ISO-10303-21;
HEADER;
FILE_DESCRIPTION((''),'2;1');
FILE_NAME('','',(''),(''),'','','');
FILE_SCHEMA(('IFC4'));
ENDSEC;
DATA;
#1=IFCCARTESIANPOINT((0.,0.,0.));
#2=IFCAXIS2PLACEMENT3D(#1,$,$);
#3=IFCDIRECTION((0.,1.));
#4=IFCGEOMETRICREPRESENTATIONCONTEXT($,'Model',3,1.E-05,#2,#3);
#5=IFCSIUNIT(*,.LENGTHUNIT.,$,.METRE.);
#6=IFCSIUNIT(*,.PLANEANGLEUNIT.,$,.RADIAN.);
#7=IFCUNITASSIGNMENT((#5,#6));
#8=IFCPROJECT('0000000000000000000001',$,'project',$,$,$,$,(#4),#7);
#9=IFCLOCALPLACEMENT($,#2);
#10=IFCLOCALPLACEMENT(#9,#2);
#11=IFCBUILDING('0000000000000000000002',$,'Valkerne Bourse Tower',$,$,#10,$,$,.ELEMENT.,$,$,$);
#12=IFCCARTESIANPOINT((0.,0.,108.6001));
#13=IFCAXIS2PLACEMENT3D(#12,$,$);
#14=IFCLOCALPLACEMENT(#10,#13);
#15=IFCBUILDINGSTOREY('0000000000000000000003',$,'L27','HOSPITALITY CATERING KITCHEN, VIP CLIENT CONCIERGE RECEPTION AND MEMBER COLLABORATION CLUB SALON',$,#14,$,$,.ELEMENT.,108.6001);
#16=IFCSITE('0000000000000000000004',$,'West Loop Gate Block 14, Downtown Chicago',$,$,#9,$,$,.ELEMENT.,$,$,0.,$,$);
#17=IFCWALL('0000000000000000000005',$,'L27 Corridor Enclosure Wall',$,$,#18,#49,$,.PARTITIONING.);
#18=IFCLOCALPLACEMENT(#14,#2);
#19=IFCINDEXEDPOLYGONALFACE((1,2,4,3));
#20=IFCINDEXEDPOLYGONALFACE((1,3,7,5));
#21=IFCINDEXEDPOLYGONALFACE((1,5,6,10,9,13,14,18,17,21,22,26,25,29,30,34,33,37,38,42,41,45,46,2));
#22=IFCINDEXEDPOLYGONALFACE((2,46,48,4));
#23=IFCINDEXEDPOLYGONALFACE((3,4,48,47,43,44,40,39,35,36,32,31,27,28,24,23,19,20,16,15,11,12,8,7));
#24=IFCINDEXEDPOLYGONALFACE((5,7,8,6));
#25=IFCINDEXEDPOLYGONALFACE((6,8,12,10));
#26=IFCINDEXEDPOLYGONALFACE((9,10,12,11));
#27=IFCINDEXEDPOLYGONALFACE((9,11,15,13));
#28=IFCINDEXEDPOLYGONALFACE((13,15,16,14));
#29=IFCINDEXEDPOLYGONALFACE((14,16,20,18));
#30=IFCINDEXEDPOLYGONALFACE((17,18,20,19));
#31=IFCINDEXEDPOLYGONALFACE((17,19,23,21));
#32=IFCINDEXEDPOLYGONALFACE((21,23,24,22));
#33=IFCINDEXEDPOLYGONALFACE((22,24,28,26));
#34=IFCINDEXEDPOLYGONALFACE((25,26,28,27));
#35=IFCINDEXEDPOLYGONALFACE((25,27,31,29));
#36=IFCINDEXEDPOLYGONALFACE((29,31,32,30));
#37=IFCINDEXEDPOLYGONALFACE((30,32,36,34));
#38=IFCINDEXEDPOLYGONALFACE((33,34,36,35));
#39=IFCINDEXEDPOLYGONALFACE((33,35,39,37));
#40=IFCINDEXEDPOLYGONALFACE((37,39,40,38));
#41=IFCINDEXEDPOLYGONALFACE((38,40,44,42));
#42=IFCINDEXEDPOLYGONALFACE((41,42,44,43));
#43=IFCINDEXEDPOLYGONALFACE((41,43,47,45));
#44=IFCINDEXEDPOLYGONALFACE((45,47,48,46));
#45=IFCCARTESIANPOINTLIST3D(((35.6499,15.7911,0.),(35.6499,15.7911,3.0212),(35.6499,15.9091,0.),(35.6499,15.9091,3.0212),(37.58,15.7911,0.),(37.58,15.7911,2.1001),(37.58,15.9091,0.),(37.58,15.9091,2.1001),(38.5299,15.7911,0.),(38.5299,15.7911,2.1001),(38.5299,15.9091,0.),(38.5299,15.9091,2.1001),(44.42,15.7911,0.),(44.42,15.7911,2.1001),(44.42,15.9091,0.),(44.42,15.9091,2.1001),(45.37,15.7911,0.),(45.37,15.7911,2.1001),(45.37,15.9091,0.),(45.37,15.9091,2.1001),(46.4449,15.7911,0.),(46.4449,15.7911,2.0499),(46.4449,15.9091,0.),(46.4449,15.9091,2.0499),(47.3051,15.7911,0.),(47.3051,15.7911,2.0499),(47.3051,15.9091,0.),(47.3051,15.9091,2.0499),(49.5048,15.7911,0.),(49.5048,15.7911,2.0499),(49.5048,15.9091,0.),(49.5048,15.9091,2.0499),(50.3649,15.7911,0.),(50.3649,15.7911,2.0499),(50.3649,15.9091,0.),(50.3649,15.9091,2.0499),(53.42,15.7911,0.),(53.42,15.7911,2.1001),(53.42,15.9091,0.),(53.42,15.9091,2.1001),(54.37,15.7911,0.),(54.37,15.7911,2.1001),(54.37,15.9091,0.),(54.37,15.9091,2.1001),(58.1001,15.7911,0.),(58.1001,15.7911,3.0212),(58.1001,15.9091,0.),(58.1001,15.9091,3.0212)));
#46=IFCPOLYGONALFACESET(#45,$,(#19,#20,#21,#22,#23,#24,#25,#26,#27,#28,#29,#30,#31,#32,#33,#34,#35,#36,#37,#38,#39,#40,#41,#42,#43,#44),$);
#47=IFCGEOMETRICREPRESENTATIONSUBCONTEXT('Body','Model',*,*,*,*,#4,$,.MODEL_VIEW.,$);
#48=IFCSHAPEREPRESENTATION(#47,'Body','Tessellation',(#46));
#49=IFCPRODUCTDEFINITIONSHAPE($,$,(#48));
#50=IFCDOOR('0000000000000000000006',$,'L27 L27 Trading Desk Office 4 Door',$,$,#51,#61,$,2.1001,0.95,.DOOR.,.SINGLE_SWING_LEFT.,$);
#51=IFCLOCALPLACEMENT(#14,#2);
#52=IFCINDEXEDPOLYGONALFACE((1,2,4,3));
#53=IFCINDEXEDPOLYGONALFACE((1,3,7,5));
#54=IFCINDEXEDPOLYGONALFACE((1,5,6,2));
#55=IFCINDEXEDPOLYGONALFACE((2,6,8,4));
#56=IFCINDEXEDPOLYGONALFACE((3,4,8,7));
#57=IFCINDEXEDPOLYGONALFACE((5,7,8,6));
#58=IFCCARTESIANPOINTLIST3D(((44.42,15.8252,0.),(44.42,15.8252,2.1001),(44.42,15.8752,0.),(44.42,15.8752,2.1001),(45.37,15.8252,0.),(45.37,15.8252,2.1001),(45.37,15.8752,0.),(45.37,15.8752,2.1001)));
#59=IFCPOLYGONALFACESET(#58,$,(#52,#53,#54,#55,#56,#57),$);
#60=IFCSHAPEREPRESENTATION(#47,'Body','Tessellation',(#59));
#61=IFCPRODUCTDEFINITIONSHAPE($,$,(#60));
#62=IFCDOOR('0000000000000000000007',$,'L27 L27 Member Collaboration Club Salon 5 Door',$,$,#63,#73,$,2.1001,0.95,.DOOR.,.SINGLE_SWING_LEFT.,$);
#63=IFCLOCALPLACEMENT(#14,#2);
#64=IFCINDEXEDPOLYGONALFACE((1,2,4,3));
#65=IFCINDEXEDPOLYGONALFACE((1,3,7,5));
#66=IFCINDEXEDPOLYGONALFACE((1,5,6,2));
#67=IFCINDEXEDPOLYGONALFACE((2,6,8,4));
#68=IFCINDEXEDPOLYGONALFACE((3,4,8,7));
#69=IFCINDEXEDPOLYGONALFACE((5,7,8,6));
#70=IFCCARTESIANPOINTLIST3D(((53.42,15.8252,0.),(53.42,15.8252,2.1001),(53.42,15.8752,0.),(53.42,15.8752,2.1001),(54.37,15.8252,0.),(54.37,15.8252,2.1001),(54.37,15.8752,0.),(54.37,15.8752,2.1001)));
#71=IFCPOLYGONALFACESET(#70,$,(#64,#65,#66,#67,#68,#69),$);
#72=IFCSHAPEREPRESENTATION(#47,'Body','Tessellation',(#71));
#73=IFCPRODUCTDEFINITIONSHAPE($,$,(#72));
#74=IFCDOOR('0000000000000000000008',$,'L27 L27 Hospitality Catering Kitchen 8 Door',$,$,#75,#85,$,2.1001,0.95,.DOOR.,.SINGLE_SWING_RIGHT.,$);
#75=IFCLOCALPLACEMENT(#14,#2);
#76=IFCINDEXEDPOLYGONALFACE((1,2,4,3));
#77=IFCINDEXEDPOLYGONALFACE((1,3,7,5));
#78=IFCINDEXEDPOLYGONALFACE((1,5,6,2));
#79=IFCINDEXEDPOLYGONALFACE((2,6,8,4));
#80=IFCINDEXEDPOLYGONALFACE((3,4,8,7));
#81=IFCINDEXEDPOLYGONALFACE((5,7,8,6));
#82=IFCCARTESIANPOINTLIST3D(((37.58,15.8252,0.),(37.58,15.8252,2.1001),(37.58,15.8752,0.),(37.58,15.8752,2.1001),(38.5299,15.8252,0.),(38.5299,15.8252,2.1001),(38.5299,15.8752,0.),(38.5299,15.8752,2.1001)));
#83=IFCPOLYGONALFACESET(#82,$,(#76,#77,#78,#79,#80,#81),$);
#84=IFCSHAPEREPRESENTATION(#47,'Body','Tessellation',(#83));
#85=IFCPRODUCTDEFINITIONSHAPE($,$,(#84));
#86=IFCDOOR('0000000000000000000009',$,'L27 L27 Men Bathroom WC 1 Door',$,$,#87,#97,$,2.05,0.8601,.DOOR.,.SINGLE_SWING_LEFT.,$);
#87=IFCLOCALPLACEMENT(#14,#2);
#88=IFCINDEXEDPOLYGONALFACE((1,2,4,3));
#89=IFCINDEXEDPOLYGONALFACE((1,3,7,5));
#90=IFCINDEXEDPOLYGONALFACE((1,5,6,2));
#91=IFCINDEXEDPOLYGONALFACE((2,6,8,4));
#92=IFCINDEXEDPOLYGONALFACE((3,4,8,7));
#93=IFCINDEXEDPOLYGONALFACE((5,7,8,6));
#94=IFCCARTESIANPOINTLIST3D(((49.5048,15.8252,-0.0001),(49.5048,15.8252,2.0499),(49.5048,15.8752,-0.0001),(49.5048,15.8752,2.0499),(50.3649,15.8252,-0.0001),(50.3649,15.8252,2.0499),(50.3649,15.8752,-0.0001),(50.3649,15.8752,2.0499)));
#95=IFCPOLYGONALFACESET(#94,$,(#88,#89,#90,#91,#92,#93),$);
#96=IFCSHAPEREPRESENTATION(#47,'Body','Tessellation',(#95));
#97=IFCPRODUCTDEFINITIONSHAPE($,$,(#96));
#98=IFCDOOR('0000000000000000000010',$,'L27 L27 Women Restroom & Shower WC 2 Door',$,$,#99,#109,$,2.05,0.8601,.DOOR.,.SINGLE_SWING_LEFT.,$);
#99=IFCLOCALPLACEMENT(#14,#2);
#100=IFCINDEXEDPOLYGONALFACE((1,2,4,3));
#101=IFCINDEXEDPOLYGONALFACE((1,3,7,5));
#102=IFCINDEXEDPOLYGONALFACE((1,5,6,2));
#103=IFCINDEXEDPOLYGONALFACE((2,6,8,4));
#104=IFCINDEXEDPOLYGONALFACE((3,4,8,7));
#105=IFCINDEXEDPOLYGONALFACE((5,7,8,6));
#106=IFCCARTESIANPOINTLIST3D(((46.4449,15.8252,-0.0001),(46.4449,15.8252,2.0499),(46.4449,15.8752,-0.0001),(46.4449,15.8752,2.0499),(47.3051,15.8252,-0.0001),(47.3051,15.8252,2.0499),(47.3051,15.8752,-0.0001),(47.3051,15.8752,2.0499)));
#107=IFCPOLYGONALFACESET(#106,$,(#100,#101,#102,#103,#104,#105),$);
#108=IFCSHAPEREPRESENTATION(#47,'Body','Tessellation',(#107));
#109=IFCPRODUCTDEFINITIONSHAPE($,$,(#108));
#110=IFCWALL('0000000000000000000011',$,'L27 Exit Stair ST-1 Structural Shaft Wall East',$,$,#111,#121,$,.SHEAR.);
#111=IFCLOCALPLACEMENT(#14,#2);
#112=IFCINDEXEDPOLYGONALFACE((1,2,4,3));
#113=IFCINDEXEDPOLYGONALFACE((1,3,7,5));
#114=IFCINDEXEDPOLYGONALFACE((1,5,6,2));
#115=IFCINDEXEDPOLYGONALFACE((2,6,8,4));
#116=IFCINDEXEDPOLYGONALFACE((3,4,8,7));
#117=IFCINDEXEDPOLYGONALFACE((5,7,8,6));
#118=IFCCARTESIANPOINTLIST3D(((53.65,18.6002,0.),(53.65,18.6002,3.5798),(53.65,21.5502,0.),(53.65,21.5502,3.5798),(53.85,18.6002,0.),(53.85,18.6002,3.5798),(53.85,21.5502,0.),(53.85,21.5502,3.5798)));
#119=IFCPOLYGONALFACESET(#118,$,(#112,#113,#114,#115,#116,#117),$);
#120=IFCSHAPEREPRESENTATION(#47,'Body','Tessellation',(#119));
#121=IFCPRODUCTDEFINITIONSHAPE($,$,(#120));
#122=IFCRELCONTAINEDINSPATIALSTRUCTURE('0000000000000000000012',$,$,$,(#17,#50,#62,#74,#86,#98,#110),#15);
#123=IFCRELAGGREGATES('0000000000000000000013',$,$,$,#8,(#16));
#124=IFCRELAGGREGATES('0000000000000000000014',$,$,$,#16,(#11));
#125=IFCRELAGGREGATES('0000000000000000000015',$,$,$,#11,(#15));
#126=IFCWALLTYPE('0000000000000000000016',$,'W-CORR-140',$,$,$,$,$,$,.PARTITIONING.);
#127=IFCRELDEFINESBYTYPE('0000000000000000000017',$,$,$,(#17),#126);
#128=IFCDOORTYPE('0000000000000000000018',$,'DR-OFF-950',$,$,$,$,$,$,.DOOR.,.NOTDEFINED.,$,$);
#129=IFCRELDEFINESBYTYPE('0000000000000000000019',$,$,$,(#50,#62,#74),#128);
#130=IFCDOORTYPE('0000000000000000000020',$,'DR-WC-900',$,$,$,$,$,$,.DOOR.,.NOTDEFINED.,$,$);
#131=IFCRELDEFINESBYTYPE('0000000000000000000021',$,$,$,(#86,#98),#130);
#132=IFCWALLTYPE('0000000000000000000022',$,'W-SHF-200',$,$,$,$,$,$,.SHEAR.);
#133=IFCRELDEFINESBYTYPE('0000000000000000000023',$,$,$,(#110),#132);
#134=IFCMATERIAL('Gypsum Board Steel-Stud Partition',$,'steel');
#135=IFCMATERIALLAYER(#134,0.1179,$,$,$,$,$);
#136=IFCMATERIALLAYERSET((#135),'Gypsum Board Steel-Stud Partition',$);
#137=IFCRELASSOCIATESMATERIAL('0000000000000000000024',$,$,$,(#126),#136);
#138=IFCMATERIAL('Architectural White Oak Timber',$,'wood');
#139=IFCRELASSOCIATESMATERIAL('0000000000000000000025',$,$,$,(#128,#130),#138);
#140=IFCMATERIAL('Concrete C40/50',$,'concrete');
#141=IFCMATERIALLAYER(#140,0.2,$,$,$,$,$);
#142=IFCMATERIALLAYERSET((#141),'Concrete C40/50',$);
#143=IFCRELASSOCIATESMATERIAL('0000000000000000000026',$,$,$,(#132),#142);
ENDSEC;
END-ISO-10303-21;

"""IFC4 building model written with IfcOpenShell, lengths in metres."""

from ifc_helpers import new_model, si_unit, direction, frame, frame_2d, origin, place, context, subcontext, project, spatial, rectangle, extrude, material, layer, layer_set, type_object, element, fill, save


model = new_model("IFC4")

# Units and contexts
model_context = context("Model", 3, precision=1e-05, world=origin(), true_north=direction((0.0, 1.0)))
body_context = subcontext(model_context, "Body", "Model", "MODEL_VIEW")
ifc_project = project(units=[si_unit("LENGTHUNIT", "METRE"), si_unit("PLANEANGLEUNIT", "RADIAN")], contexts=[model_context])

# Site, building, storey
site_placement = place(None, origin())
site = spatial("IfcSite", under=ifc_project, at=site_placement, Name="West Loop Gate Block 14, Downtown Chicago", CompositionType="ELEMENT", RefElevation=0.0)
building_placement = place(site_placement, origin())
building = spatial("IfcBuilding", under=site, at=building_placement, Name="Valkerne Bourse Tower", CompositionType="ELEMENT")
storey_placement = place(building_placement, frame((0.0, 0.0, 108.6001)))
storey = spatial("IfcBuildingStorey", under=building, at=storey_placement, Name="L27", Description="HOSPITALITY CATERING KITCHEN, VIP CLIENT CONCIERGE RECEPTION AND MEMBER COLLABORATION CLUB SALON", CompositionType="ELEMENT", Elevation=108.6001)

# Wall, openings, doors
ifc_material_1 = material(Name="Gypsum Board Steel-Stud Partition", Category="steel")
ifc_layer_1 = layer(ifc_material_1, 0.1179)
ifc_layer_set_1 = layer_set([ifc_layer_1], Name="Gypsum Board Steel-Stud Partition")
wall_type_1 = type_object("IfcWallType", Name="W-CORR-140", PredefinedType="PARTITIONING", material=ifc_layer_set_1)
wall_1_placement = place(storey_placement, frame((58.1001, 15.8501, 0.0), z_axis=(0.0, 0.0, 1.0), x_axis=(-1.0, 0.0, 0.0)))
wall_1 = element("IfcWall", 1, at=wall_1_placement, inside=storey, type_object=wall_type_1, Name="L27 Corridor Enclosure Wall", PredefinedType="PARTITIONING", context=body_context, shape_type="SweptSolid", body=[
    extrude(rectangle(XDim=22.4502, YDim=0.1179, at=frame_2d((11.2251, 0.0))), origin(), (0.0, 0.0, 1.0), 3.0212),
])
opening_1_placement = place(wall_1_placement, frame((7.7351, 0.0, 0.0)))
opening_1 = element("IfcOpeningElement", 2, at=opening_1_placement, cuts=wall_1, PredefinedType="OPENING", context=body_context, shape_type="SweptSolid", body=[
    extrude(rectangle(XDim=0.8601, YDim=2.05, at=frame_2d((0.4302, 1.0249))), frame((0.0, 0.0688, 0.0), z_axis=(0.0, -1.0, 0.0), x_axis=(1.0, 0.0, 0.0)), (0.0, 0.0, 1.0), 0.1379),
])
opening_2_placement = place(wall_1_placement, frame((10.7949, 0.0, 0.0)))
opening_2 = element("IfcOpeningElement", 3, at=opening_2_placement, cuts=wall_1, PredefinedType="OPENING", context=body_context, shape_type="SweptSolid", body=[
    extrude(rectangle(XDim=0.8601, YDim=2.05, at=frame_2d((0.4302, 1.0249))), frame((0.0, 0.0688, 0.0), z_axis=(0.0, -1.0, 0.0), x_axis=(1.0, 0.0, 0.0)), (0.0, 0.0, 1.0), 0.1379),
])
opening_3_placement = place(wall_1_placement, frame((12.73, 0.0, 0.0)))
opening_3 = element("IfcOpeningElement", 4, at=opening_3_placement, cuts=wall_1, PredefinedType="OPENING", context=body_context, shape_type="SweptSolid", body=[
    extrude(rectangle(XDim=0.95, YDim=2.1001, at=frame_2d((0.4751, 1.05))), frame((0.0, 0.0688, 0.0), z_axis=(0.0, -1.0, 0.0), x_axis=(1.0, 0.0, 0.0)), (0.0, 0.0, 1.0), 0.1379),
])
opening_4_placement = place(wall_1_placement, frame((3.73, 0.0, 0.0)))
opening_4 = element("IfcOpeningElement", 5, at=opening_4_placement, cuts=wall_1, PredefinedType="OPENING", context=body_context, shape_type="SweptSolid", body=[
    extrude(rectangle(XDim=0.95, YDim=2.1001, at=frame_2d((0.4751, 1.05))), frame((0.0, 0.0688, 0.0), z_axis=(0.0, -1.0, 0.0), x_axis=(1.0, 0.0, 0.0)), (0.0, 0.0, 1.0), 0.1379),
])
opening_5_placement = place(wall_1_placement, frame((19.5701, 0.0, 0.0)))
opening_5 = element("IfcOpeningElement", 6, at=opening_5_placement, cuts=wall_1, PredefinedType="OPENING", context=body_context, shape_type="SweptSolid", body=[
    extrude(rectangle(XDim=0.95, YDim=2.1001, at=frame_2d((0.4751, 1.05))), frame((0.0, 0.0688, 0.0), z_axis=(0.0, -1.0, 0.0), x_axis=(1.0, 0.0, 0.0)), (0.0, 0.0, 1.0), 0.1379),
])
ifc_material_2 = material(Name="Architectural White Oak Timber", Category="wood")
door_type_1 = type_object("IfcDoorType", Name="DR-OFF-950", OperationType="NOTDEFINED", PredefinedType="DOOR", material=ifc_material_2)
door_1_placement = place(opening_3_placement, origin())
door_1 = element("IfcDoor", 7, at=door_1_placement, inside=storey, type_object=door_type_1, Name="L27 L27 Trading Desk Office 4 Door", OperationType="SINGLE_SWING_LEFT", OverallHeight=2.1001, OverallWidth=0.95, PredefinedType="DOOR", context=body_context, shape_type="SweptSolid", body=[
    extrude(rectangle(XDim=0.95, YDim=2.1001, at=frame_2d((0.4751, 1.05))), frame((0.0, 0.0249, 0.0), z_axis=(0.0, -1.0, 0.0), x_axis=(1.0, 0.0, 0.0)), (0.0, 0.0, 1.0), 0.05),
])
fill(opening_3, door_1)
door_2_placement = place(opening_4_placement, origin())
door_2 = element("IfcDoor", 8, at=door_2_placement, inside=storey, type_object=door_type_1, Name="L27 L27 Member Collaboration Club Salon 5 Door", OperationType="SINGLE_SWING_LEFT", OverallHeight=2.1001, OverallWidth=0.95, PredefinedType="DOOR", context=body_context, shape_type="SweptSolid", body=[
    extrude(rectangle(XDim=0.95, YDim=2.1001, at=frame_2d((0.4751, 1.05))), frame((0.0, 0.0249, 0.0), z_axis=(0.0, -1.0, 0.0), x_axis=(1.0, 0.0, 0.0)), (0.0, 0.0, 1.0), 0.05),
])
fill(opening_4, door_2)
door_3_placement = place(opening_5_placement, origin())
door_3 = element("IfcDoor", 9, at=door_3_placement, inside=storey, type_object=door_type_1, Name="L27 L27 Hospitality Catering Kitchen 8 Door", OperationType="SINGLE_SWING_RIGHT", OverallHeight=2.1001, OverallWidth=0.95, PredefinedType="DOOR", context=body_context, shape_type="SweptSolid", body=[
    extrude(rectangle(XDim=0.95, YDim=2.1001, at=frame_2d((0.4751, 1.05))), frame((0.0, 0.0249, 0.0), z_axis=(0.0, -1.0, 0.0), x_axis=(1.0, 0.0, 0.0)), (0.0, 0.0, 1.0), 0.05),
])
fill(opening_5, door_3)
door_type_2 = type_object("IfcDoorType", Name="DR-WC-900", OperationType="NOTDEFINED", PredefinedType="DOOR", material=ifc_material_2)
door_4_placement = place(opening_1_placement, origin())
door_4 = element("IfcDoor", 10, at=door_4_placement, inside=storey, type_object=door_type_2, Name="L27 L27 Men Bathroom WC 1 Door", OperationType="SINGLE_SWING_LEFT", OverallHeight=2.05, OverallWidth=0.8601, PredefinedType="DOOR", context=body_context, shape_type="SweptSolid", body=[
    extrude(rectangle(XDim=0.8601, YDim=2.05, at=frame_2d((0.4302, 1.0249))), frame((0.0, 0.0249, 0.0), z_axis=(0.0, -1.0, 0.0), x_axis=(1.0, 0.0, 0.0)), (0.0, 0.0, 1.0), 0.05),
])
fill(opening_1, door_4)
door_5_placement = place(opening_2_placement, origin())
door_5 = element("IfcDoor", 11, at=door_5_placement, inside=storey, type_object=door_type_2, Name="L27 L27 Women Restroom & Shower WC 2 Door", OperationType="SINGLE_SWING_LEFT", OverallHeight=2.05, OverallWidth=0.8601, PredefinedType="DOOR", context=body_context, shape_type="SweptSolid", body=[
    extrude(rectangle(XDim=0.8601, YDim=2.05, at=frame_2d((0.4302, 1.0249))), frame((0.0, 0.0249, 0.0), z_axis=(0.0, -1.0, 0.0), x_axis=(1.0, 0.0, 0.0)), (0.0, 0.0, 1.0), 0.05),
])
fill(opening_2, door_5)

# Wall
ifc_material_3 = material(Name="Concrete C40/50", Category="concrete")
ifc_layer_2 = layer(ifc_material_3, 0.2)
ifc_layer_set_2 = layer_set([ifc_layer_2], Name="Concrete C40/50")
wall_type_2 = type_object("IfcWallType", Name="W-SHF-200", PredefinedType="SHEAR", material=ifc_layer_set_2)
wall_2_placement = place(storey_placement, frame((53.75, 18.6001, 0.0), z_axis=(0.0, 0.0, 1.0), x_axis=(0.0, 1.0, 0.0)))
element("IfcWall", 12, at=wall_2_placement, inside=storey, type_object=wall_type_2, Name="L27 Exit Stair ST-1 Structural Shaft Wall East", PredefinedType="SHEAR", context=body_context, shape_type="SweptSolid", body=[
    extrude(rectangle(XDim=2.95, YDim=0.2, at=frame_2d((1.4751, 0.0))), origin(), (0.0, 0.0, 1.0), 3.5798),
])

save(model, "model.ifc")
